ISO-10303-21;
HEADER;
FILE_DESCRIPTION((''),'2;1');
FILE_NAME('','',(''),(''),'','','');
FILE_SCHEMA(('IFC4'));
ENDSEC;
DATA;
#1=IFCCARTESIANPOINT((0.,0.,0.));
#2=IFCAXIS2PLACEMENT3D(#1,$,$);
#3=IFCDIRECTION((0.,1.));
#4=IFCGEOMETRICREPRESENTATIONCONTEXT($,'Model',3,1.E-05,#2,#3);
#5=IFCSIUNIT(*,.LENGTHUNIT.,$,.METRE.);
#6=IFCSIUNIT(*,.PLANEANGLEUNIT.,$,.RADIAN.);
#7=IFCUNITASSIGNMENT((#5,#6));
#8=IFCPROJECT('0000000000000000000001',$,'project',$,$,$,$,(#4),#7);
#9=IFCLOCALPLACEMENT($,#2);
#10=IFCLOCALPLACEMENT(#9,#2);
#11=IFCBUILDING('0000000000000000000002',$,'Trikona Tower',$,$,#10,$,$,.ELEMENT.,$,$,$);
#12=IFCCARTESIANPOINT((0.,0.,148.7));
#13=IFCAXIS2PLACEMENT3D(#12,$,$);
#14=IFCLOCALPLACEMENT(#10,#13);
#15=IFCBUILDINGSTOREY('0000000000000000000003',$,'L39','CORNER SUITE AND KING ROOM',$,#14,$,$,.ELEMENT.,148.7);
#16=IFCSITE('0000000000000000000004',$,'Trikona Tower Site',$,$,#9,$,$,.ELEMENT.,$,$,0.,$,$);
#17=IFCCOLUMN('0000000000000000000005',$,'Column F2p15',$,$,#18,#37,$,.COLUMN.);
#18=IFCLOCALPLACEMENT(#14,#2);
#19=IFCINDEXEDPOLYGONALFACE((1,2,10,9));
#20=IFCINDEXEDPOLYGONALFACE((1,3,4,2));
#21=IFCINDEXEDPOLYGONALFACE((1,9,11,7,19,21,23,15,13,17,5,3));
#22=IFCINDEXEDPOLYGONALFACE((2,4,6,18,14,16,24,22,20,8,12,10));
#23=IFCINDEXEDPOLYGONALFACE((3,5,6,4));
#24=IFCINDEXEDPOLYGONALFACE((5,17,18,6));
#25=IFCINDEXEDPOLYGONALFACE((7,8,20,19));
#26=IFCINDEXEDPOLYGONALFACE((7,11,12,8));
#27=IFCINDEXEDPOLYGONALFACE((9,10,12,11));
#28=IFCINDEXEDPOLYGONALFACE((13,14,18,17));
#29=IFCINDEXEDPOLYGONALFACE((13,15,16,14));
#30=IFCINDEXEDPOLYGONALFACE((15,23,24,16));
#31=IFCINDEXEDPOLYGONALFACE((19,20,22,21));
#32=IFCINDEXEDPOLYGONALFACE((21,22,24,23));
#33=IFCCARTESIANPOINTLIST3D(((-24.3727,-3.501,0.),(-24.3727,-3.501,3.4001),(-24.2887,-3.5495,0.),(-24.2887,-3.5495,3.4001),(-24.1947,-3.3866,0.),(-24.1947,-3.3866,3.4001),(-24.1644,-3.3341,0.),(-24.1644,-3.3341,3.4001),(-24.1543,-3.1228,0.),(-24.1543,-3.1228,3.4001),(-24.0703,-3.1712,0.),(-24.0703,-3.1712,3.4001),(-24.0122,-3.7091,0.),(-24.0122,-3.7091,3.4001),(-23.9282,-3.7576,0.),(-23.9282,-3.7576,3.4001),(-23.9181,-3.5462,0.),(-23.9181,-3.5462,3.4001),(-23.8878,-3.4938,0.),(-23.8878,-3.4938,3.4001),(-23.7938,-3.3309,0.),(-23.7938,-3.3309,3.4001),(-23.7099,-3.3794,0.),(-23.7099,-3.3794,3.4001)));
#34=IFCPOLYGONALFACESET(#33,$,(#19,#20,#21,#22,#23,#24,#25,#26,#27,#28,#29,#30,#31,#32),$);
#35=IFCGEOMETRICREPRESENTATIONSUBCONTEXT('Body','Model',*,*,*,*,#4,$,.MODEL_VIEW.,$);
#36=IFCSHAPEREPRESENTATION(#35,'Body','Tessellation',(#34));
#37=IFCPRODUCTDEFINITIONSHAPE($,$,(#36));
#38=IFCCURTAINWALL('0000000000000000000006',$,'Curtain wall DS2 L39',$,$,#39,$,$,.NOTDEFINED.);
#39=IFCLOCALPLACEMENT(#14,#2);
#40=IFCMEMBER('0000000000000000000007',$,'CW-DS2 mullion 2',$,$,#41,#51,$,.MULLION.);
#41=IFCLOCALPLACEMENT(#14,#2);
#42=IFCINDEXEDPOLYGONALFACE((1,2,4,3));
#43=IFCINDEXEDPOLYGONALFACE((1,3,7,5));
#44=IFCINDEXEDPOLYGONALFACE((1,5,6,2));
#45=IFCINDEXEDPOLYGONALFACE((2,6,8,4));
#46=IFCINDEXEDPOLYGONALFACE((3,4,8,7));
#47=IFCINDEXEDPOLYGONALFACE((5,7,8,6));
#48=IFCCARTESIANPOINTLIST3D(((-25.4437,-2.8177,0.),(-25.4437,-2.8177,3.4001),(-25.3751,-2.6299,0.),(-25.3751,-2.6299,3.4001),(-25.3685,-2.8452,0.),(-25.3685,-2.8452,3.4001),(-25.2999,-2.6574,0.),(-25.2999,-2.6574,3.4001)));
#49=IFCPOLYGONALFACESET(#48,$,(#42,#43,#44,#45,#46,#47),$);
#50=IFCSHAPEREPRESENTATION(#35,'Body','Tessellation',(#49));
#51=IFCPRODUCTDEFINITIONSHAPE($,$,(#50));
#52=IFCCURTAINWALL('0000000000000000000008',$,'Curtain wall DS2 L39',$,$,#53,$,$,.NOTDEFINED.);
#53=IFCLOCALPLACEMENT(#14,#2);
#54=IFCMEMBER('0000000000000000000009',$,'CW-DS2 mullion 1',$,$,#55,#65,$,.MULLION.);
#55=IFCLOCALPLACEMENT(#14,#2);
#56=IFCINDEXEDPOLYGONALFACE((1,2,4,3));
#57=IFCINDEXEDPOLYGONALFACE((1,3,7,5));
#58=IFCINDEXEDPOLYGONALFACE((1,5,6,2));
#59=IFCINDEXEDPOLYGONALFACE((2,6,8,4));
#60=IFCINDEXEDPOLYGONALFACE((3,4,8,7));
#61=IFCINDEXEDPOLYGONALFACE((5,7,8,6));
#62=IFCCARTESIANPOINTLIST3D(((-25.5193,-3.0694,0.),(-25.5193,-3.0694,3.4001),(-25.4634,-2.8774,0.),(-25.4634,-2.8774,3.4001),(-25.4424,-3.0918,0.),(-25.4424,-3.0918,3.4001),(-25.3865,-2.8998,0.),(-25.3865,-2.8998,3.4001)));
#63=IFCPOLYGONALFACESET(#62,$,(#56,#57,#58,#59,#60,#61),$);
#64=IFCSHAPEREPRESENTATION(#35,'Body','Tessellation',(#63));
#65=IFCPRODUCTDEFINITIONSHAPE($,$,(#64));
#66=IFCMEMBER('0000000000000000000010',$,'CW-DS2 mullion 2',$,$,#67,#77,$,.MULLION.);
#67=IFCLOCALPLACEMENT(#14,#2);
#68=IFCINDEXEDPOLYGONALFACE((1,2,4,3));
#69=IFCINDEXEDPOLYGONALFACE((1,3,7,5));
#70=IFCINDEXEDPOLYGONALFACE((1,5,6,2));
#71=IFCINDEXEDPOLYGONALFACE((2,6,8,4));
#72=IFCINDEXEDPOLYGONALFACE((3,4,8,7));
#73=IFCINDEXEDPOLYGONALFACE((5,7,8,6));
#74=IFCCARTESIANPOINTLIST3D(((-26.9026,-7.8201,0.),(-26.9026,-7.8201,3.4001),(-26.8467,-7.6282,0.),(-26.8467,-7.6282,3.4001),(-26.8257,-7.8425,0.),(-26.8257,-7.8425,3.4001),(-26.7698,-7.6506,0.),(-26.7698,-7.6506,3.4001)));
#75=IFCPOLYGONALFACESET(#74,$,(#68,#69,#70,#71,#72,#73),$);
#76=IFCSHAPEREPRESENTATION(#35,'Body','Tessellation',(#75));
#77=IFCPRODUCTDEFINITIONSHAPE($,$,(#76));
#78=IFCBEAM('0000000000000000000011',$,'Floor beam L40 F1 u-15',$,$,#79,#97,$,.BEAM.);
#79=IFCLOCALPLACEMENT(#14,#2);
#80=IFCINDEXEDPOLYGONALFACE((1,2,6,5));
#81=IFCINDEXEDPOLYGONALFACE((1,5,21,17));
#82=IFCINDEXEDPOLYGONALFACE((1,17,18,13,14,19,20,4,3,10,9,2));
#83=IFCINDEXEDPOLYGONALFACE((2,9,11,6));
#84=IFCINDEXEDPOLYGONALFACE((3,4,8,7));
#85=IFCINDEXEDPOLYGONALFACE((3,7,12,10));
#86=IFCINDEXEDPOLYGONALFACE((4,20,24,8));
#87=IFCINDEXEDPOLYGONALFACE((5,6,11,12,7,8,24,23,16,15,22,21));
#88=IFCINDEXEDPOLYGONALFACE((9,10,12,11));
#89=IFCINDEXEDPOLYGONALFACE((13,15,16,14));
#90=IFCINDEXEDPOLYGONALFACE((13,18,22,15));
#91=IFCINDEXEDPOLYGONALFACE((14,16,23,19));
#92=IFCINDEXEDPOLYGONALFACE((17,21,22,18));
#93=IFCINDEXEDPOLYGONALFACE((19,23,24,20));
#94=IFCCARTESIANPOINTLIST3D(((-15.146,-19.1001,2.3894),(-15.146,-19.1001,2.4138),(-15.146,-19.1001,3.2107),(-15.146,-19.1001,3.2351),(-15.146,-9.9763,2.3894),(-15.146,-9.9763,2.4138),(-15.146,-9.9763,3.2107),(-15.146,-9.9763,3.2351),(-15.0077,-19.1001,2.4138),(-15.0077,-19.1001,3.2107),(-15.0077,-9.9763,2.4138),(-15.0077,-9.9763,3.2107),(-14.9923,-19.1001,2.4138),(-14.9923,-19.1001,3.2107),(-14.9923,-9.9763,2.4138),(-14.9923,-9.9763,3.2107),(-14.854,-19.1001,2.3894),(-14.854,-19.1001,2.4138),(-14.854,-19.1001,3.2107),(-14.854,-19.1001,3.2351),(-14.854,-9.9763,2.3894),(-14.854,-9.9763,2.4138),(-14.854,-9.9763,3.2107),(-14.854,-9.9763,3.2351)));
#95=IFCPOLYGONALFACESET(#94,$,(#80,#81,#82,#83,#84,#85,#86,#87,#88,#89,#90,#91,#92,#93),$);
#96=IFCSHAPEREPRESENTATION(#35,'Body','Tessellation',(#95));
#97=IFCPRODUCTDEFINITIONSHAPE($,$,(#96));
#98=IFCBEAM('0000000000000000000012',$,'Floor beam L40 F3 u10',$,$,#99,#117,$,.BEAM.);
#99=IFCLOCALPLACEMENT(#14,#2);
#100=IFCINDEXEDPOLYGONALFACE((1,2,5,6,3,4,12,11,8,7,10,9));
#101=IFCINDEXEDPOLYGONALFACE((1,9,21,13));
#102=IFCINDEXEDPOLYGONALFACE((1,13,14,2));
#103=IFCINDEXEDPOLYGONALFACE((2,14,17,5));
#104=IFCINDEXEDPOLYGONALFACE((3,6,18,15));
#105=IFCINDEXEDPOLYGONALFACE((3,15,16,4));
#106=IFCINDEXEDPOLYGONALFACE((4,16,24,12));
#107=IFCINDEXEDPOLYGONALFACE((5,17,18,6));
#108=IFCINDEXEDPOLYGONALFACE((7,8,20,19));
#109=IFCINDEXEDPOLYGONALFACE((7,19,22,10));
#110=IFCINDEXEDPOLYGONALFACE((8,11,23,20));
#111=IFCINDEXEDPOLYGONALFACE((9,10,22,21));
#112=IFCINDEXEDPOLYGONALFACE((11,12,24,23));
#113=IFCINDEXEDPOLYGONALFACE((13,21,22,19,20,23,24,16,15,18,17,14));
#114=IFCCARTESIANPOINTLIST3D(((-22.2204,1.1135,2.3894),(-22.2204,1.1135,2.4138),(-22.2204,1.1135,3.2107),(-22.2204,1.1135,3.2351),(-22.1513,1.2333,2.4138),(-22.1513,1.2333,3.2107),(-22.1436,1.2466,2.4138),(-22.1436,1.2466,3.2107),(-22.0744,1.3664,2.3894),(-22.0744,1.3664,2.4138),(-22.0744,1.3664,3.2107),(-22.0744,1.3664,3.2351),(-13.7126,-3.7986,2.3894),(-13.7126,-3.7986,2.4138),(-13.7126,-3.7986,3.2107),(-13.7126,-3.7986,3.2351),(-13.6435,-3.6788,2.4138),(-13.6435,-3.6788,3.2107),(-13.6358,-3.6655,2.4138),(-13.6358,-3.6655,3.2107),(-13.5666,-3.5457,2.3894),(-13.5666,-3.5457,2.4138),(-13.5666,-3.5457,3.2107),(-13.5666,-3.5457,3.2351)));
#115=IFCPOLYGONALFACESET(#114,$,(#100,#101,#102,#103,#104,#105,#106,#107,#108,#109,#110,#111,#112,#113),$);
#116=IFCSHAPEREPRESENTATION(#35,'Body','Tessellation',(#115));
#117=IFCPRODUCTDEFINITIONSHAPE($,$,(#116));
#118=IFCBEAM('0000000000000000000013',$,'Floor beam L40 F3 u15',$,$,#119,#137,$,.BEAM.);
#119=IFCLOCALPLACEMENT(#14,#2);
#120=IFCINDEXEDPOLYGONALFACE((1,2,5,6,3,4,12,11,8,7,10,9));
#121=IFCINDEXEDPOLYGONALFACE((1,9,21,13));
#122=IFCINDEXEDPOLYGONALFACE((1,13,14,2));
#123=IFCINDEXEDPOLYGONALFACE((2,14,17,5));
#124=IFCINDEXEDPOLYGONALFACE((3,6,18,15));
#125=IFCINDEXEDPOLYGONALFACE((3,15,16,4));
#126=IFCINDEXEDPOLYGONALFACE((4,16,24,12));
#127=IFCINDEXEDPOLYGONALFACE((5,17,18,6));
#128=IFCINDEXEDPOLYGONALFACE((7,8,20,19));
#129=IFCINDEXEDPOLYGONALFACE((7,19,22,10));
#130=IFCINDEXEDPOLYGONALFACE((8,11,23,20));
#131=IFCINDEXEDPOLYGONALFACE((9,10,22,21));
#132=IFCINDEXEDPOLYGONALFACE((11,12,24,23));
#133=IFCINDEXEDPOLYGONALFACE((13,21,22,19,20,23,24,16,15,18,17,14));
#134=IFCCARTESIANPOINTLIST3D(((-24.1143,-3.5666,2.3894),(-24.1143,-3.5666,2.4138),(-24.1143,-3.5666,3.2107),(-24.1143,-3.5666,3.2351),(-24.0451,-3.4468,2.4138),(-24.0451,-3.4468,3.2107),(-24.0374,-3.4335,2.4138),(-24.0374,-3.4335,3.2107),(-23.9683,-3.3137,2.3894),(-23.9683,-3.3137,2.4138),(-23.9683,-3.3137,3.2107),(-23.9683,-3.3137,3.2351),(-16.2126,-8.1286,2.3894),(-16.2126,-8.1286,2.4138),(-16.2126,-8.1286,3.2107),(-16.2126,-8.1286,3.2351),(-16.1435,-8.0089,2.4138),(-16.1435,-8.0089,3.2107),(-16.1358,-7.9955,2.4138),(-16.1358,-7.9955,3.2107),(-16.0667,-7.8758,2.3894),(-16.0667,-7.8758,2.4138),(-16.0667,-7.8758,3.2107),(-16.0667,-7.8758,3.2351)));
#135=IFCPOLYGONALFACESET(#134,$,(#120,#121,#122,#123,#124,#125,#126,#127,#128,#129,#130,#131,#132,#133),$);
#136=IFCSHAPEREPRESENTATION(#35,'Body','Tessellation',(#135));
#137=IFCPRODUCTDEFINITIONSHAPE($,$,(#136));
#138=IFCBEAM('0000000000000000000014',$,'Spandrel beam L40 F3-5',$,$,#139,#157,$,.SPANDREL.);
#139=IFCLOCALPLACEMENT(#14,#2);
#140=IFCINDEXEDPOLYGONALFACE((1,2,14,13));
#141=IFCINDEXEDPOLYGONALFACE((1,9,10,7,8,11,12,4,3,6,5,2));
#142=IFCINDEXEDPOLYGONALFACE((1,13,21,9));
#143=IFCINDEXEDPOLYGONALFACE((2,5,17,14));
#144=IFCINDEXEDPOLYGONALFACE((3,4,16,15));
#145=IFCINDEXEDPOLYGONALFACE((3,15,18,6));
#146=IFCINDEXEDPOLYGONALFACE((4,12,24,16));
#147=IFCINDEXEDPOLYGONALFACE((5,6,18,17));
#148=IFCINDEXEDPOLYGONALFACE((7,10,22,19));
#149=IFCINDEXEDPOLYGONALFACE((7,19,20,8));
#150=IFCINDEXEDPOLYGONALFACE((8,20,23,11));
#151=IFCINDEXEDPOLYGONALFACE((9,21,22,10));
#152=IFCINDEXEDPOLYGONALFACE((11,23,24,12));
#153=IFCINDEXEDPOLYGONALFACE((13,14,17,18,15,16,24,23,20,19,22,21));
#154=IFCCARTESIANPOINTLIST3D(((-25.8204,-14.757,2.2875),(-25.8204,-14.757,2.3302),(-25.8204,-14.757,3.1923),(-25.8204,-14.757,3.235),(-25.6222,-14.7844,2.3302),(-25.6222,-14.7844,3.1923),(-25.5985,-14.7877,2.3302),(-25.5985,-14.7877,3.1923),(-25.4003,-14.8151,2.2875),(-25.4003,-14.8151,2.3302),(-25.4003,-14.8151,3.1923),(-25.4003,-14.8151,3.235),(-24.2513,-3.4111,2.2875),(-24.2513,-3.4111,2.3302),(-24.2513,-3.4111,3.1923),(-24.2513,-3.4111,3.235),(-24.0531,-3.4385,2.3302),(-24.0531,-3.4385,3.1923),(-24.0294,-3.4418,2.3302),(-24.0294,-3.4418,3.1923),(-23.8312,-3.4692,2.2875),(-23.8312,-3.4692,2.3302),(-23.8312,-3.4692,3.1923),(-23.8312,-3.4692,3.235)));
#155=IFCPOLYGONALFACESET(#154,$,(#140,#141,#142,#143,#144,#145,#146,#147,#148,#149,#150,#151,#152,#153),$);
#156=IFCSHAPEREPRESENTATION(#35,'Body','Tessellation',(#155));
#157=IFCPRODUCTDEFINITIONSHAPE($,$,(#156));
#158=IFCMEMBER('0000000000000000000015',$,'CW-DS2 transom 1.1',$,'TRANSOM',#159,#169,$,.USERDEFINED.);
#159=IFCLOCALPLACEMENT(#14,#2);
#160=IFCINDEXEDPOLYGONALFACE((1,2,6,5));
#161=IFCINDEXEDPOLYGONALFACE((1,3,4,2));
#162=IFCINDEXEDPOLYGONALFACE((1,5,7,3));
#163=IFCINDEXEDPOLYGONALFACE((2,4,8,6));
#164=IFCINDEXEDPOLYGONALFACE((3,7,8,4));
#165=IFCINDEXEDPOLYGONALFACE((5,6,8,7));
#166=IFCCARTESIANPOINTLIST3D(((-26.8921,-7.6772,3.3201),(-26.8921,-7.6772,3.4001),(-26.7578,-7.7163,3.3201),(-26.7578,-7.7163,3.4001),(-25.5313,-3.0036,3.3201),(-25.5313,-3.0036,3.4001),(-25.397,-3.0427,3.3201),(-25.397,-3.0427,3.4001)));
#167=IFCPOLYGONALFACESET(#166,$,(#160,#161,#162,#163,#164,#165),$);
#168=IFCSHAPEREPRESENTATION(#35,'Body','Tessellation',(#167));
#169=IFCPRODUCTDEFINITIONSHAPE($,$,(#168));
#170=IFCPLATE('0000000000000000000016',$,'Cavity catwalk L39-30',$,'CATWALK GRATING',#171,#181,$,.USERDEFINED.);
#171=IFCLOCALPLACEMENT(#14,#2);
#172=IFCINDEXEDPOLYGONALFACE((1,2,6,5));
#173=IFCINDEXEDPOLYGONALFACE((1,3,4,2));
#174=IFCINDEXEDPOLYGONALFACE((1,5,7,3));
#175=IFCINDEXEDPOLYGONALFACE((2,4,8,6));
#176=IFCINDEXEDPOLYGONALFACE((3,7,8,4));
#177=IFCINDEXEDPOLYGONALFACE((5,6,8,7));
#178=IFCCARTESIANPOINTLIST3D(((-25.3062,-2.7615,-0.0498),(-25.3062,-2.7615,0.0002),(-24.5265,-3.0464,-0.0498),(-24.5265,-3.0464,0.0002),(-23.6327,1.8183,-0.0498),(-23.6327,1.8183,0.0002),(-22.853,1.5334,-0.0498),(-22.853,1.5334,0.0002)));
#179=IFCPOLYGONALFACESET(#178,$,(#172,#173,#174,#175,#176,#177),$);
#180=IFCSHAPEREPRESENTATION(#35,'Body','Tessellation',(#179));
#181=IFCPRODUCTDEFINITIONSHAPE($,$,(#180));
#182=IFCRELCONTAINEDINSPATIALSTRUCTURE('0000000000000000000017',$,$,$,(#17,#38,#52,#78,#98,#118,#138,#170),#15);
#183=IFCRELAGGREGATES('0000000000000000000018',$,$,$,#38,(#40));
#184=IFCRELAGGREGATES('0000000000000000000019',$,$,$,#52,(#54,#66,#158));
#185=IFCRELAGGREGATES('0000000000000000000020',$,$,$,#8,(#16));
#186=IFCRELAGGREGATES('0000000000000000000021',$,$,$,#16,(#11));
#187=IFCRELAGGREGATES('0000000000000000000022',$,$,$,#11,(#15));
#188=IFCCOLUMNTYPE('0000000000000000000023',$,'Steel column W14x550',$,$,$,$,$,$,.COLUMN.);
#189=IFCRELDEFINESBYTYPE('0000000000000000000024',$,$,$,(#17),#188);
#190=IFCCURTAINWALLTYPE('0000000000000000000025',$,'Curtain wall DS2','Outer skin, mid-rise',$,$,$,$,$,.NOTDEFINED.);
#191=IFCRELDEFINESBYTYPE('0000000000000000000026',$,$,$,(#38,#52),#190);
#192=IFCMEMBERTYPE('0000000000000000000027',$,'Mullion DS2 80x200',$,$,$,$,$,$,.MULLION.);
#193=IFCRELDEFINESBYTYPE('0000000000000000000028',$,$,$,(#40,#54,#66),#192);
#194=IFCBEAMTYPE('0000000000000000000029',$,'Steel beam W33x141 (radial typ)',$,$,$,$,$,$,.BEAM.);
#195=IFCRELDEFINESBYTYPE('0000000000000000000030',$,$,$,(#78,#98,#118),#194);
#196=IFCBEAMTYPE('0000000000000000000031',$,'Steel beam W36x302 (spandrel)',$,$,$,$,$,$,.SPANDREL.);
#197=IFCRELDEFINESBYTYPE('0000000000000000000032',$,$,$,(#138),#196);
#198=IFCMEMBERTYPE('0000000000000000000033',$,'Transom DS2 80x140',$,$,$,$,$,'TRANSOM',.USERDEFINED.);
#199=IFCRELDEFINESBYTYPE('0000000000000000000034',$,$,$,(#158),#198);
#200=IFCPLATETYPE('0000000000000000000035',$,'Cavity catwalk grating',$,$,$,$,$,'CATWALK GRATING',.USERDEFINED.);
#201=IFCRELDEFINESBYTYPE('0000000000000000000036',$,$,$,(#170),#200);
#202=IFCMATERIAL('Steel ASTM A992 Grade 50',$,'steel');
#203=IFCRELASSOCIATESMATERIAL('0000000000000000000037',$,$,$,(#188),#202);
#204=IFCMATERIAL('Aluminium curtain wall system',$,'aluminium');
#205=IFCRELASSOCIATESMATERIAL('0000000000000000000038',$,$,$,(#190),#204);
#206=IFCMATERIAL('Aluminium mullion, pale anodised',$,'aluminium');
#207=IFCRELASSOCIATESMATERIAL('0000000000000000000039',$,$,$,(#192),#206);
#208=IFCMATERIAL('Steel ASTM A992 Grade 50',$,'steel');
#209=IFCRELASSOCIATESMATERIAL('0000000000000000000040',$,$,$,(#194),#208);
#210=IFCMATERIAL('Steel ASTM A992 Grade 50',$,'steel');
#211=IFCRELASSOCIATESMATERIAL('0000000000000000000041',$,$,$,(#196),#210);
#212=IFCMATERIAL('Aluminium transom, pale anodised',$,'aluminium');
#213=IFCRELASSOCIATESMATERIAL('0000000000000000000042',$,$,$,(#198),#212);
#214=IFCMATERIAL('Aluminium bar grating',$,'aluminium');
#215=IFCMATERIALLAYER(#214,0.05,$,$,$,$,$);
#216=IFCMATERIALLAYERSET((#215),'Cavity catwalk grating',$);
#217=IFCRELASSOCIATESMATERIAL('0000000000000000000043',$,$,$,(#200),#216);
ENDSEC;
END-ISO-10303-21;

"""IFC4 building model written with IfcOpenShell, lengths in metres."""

from ifc_helpers import new_model, si_unit, direction, frame, origin, origin_2d, place, context, subcontext, project, spatial, rectangle, i_section, extrude, material, layer, layer_set, material_profile, profile_set, type_object, element, aggregate, save


model = new_model("IFC4")

# Units and contexts
model_context = context("Model", 3, precision=1e-05, world=origin(), true_north=direction((0.0, 1.0)))
body_context = subcontext(model_context, "Body", "Model", "MODEL_VIEW")
ifc_project = project(units=[si_unit("LENGTHUNIT", "METRE"), si_unit("PLANEANGLEUNIT", "RADIAN")], contexts=[model_context])

# Site, building, storey
site_placement = place(None, origin())
site = spatial("IfcSite", under=ifc_project, at=site_placement, Name="Trikona Tower Site", CompositionType="ELEMENT", RefElevation=0.0)
building_placement = place(site_placement, origin())
building = spatial("IfcBuilding", under=site, at=building_placement, Name="Trikona Tower", CompositionType="ELEMENT")
storey_placement = place(building_placement, frame((0.0, 0.0, 148.7)))
storey = spatial("IfcBuildingStorey", under=building, at=storey_placement, Name="L39", Description="CORNER SUITE AND KING ROOM", CompositionType="ELEMENT", Elevation=148.7)

# Column
ifc_material_1 = material(Name="Steel ASTM A992 Grade 50", Category="steel")
ifc_material_profile_1 = material_profile(ifc_material_1, i_section(OverallWidth=0.4368, OverallDepth=0.5132, WebThickness=0.0605, FlangeThickness=0.0969, at=origin_2d()), Name="W14X550")
ifc_profile_set_1 = profile_set([ifc_material_profile_1], Name="Steel ASTM A992 Grade 50")
column_type = type_object("IfcColumnType", Name="Steel column W14x550", PredefinedType="COLUMN", material=ifc_profile_set_1)
column_placement = place(storey_placement, frame((-24.0413, -3.4402, 0.0), z_axis=(0.0, 0.0, 1.0), x_axis=(-0.5, -0.866025, 0.0)))
element("IfcColumn", 1, at=column_placement, inside=storey, type_object=column_type, Name="Column F2p15", PredefinedType="COLUMN", context=body_context, shape_type="SweptSolid", body=[
    extrude(i_section(OverallWidth=0.4368, OverallDepth=0.5132, WebThickness=0.0605, FlangeThickness=0.0969, at=origin_2d()), origin(), (0.0, 0.0, 1.0), 3.4001),
])

# Curtain wall, member
ifc_material_2 = material(Name="Aluminium curtain wall system", Category="aluminium")
curtain_wall_type = type_object("IfcCurtainWallType", Name="Curtain wall DS2", Description="Outer skin, mid-rise", PredefinedType="NOTDEFINED", material=ifc_material_2)
curtain_wall_1_placement = place(storey_placement, origin())
curtain_wall_1 = element("IfcCurtainWall", 2, at=curtain_wall_1_placement, inside=storey, type_object=curtain_wall_type, Name="Curtain wall DS2 L39", PredefinedType="NOTDEFINED")
ifc_material_3 = material(Name="Aluminium mullion, pale anodised", Category="aluminium")
ifc_material_profile_2 = material_profile(ifc_material_3, rectangle(XDim=0.0801, YDim=0.2, at=origin_2d()), Name="MUL-DS2")
ifc_profile_set_2 = profile_set([ifc_material_profile_2], Name="Aluminium mullion, pale anodised")
member_type_1 = type_object("IfcMemberType", Name="Mullion DS2 80x200", PredefinedType="MULLION", material=ifc_profile_set_2)
member_1_placement = place(storey_placement, frame((-25.3718, -2.7375, 0.0), z_axis=(0.0, 0.0, 1.0), x_axis=(0.939254, -0.343223, 0.0)))
member_1 = element("IfcMember", 3, at=member_1_placement, type_object=member_type_1, Name="CW-DS2 mullion 2", PredefinedType="MULLION", context=body_context, shape_type="SweptSolid", body=[
    extrude(rectangle(XDim=0.0801, YDim=0.2, at=origin_2d()), origin(), (0.0, 0.0, 1.0), 3.4001),
])

# Curtain wall, members
curtain_wall_2_placement = place(storey_placement, origin())
curtain_wall_2 = element("IfcCurtainWall", 4, at=curtain_wall_2_placement, inside=storey, type_object=curtain_wall_type, Name="Curtain wall DS2 L39", PredefinedType="NOTDEFINED")
member_2_placement = place(storey_placement, frame((-25.4529, -2.9846, 0.0), z_axis=(0.0, 0.0, 1.0), x_axis=(0.960133, -0.279543, 0.0)))
member_2 = element("IfcMember", 5, at=member_2_placement, type_object=member_type_1, Name="CW-DS2 mullion 1", PredefinedType="MULLION", context=body_context, shape_type="SweptSolid", body=[
    extrude(rectangle(XDim=0.0801, YDim=0.2, at=origin_2d()), origin(), (0.0, 0.0, 1.0), 3.4001),
])
member_3_placement = place(storey_placement, frame((-26.8362, -7.7354, 0.0), z_axis=(0.0, 0.0, 1.0), x_axis=(0.960133, -0.279543, 0.0)))
member_3 = element("IfcMember", 6, at=member_3_placement, type_object=member_type_1, Name="CW-DS2 mullion 2", PredefinedType="MULLION", context=body_context, shape_type="SweptSolid", body=[
    extrude(rectangle(XDim=0.0801, YDim=0.2, at=origin_2d()), origin(), (0.0, 0.0, 1.0), 3.4001),
])

# Beams
ifc_material_4 = material(Name="Steel ASTM A992 Grade 50", Category="steel")
ifc_material_profile_3 = material_profile(ifc_material_4, i_section(OverallWidth=0.292, OverallDepth=0.8457, WebThickness=0.0154, FlangeThickness=0.0244, at=origin_2d()), Name="W33X141")
ifc_profile_set_3 = profile_set([ifc_material_profile_3], Name="Steel ASTM A992 Grade 50")
beam_type_1 = type_object("IfcBeamType", Name="Steel beam W33x141 (radial typ)", PredefinedType="BEAM", material=ifc_profile_set_3)
beam_1_placement = place(storey_placement, frame((-15.0, -9.9763, 2.8123), z_axis=(0.0, -1.0, 0.0), x_axis=(1.0, 0.0, 0.0)))
element("IfcBeam", 7, at=beam_1_placement, inside=storey, type_object=beam_type_1, Name="Floor beam L40 F1 u-15", PredefinedType="BEAM", context=body_context, shape_type="SweptSolid", body=[
    extrude(i_section(OverallWidth=0.292, OverallDepth=0.8457, WebThickness=0.0154, FlangeThickness=0.0244, at=origin_2d()), origin(), (0.0, 0.0, 1.0), 9.1238),
])
beam_2_placement = place(storey_placement, frame((-13.6396, -3.6721, 2.8123), z_axis=(-0.86602, 0.500009, 0.0), x_axis=(-0.500009, -0.86602, 0.0)))
element("IfcBeam", 8, at=beam_2_placement, inside=storey, type_object=beam_type_1, Name="Floor beam L40 F3 u10", PredefinedType="BEAM", context=body_context, shape_type="SweptSolid", body=[
    extrude(i_section(OverallWidth=0.292, OverallDepth=0.8457, WebThickness=0.0154, FlangeThickness=0.0244, at=origin_2d()), origin(), (0.0, 0.0, 1.0), 9.824),
])
beam_3_placement = place(storey_placement, frame((-16.1396, -8.0022, 2.8123), z_axis=(-0.866025, 0.500001, 0.0), x_axis=(-0.500001, -0.866025, 0.0)))
element("IfcBeam", 9, at=beam_3_placement, inside=storey, type_object=beam_type_1, Name="Floor beam L40 F3 u15", PredefinedType="BEAM", context=body_context, shape_type="SweptSolid", body=[
    extrude(i_section(OverallWidth=0.292, OverallDepth=0.8457, WebThickness=0.0154, FlangeThickness=0.0244, at=origin_2d()), origin(), (0.0, 0.0, 1.0), 9.124),
])
ifc_material_5 = material(Name="Steel ASTM A992 Grade 50", Category="steel")
ifc_material_profile_4 = material_profile(ifc_material_5, i_section(OverallWidth=0.4241, OverallDepth=0.9475, WebThickness=0.0239, FlangeThickness=0.0427, at=origin_2d()), Name="W36X302")
ifc_profile_set_4 = profile_set([ifc_material_profile_4], Name="Steel ASTM A992 Grade 50")
beam_type_2 = type_object("IfcBeamType", Name="Steel beam W36x302 (spandrel)", PredefinedType="SPANDREL", material=ifc_profile_set_4)
beam_4_placement = place(storey_placement, frame((-24.0413, -3.4402, 2.7612), z_axis=(-0.136992, -0.990572, 0.0), x_axis=(0.990572, -0.136992, 0.0)))
element("IfcBeam", 10, at=beam_4_placement, inside=storey, type_object=beam_type_2, Name="Spandrel beam L40 F3-5", PredefinedType="SPANDREL", context=body_context, shape_type="SweptSolid", body=[
    extrude(i_section(OverallWidth=0.4241, OverallDepth=0.9475, WebThickness=0.0239, FlangeThickness=0.0427, at=origin_2d()), origin(), (0.0, 0.0, 1.0), 11.4539),
])

# Member
ifc_material_6 = material(Name="Aluminium transom, pale anodised", Category="aluminium")
ifc_material_profile_5 = material_profile(ifc_material_6, rectangle(XDim=0.1399, YDim=0.0801, at=origin_2d()), Name="TRN-DS2")
ifc_profile_set_5 = profile_set([ifc_material_profile_5], Name="Aluminium transom, pale anodised")
member_type_2 = type_object("IfcMemberType", Name="Transom DS2 80x140", ElementType="TRANSOM", PredefinedType="USERDEFINED", material=ifc_profile_set_5)
member_4_placement = place(storey_placement, frame((-25.4641, -3.0232, 3.3601), z_axis=(-0.279567, -0.960126, 0.0), x_axis=(0.960126, -0.279567, 0.0)))
member_4 = element("IfcMember", 11, at=member_4_placement, type_object=member_type_2, Name="CW-DS2 transom 1.1", ObjectType="TRANSOM", PredefinedType="USERDEFINED", context=body_context, shape_type="SweptSolid", body=[
    extrude(rectangle(XDim=0.1399, YDim=0.0801, at=origin_2d()), origin(), (0.0, 0.0, 1.0), 4.8677),
])

# Plate
ifc_material_7 = material(Name="Aluminium bar grating", Category="aluminium")
ifc_layer_1 = layer(ifc_material_7, 0.05)
ifc_layer_set_1 = layer_set([ifc_layer_1], Name="Cavity catwalk grating")
plate_type_1 = type_object("IfcPlateType", Name="Cavity catwalk grating", ElementType="CATWALK GRATING", PredefinedType="USERDEFINED", material=ifc_layer_set_1)
plate_1_placement = place(storey_placement, frame((-24.0796, -0.614, -0.0498), z_axis=(0.0, 0.0, 1.0), x_axis=(-0.34322, -0.939255, 0.0)))
element("IfcPlate", 12, at=plate_1_placement, inside=storey, type_object=plate_type_1, Name="Cavity catwalk L39-30", ObjectType="CATWALK GRATING", PredefinedType="USERDEFINED", context=body_context, shape_type="SweptSolid", body=[
    extrude(rectangle(XDim=4.876, YDim=0.8301, at=origin_2d()), origin(), (0.0, 0.0, 1.0), 0.05),
])

aggregate(curtain_wall_1, [member_1])
aggregate(curtain_wall_2, [member_2, member_3, member_4])

save(model, "model.ifc")
